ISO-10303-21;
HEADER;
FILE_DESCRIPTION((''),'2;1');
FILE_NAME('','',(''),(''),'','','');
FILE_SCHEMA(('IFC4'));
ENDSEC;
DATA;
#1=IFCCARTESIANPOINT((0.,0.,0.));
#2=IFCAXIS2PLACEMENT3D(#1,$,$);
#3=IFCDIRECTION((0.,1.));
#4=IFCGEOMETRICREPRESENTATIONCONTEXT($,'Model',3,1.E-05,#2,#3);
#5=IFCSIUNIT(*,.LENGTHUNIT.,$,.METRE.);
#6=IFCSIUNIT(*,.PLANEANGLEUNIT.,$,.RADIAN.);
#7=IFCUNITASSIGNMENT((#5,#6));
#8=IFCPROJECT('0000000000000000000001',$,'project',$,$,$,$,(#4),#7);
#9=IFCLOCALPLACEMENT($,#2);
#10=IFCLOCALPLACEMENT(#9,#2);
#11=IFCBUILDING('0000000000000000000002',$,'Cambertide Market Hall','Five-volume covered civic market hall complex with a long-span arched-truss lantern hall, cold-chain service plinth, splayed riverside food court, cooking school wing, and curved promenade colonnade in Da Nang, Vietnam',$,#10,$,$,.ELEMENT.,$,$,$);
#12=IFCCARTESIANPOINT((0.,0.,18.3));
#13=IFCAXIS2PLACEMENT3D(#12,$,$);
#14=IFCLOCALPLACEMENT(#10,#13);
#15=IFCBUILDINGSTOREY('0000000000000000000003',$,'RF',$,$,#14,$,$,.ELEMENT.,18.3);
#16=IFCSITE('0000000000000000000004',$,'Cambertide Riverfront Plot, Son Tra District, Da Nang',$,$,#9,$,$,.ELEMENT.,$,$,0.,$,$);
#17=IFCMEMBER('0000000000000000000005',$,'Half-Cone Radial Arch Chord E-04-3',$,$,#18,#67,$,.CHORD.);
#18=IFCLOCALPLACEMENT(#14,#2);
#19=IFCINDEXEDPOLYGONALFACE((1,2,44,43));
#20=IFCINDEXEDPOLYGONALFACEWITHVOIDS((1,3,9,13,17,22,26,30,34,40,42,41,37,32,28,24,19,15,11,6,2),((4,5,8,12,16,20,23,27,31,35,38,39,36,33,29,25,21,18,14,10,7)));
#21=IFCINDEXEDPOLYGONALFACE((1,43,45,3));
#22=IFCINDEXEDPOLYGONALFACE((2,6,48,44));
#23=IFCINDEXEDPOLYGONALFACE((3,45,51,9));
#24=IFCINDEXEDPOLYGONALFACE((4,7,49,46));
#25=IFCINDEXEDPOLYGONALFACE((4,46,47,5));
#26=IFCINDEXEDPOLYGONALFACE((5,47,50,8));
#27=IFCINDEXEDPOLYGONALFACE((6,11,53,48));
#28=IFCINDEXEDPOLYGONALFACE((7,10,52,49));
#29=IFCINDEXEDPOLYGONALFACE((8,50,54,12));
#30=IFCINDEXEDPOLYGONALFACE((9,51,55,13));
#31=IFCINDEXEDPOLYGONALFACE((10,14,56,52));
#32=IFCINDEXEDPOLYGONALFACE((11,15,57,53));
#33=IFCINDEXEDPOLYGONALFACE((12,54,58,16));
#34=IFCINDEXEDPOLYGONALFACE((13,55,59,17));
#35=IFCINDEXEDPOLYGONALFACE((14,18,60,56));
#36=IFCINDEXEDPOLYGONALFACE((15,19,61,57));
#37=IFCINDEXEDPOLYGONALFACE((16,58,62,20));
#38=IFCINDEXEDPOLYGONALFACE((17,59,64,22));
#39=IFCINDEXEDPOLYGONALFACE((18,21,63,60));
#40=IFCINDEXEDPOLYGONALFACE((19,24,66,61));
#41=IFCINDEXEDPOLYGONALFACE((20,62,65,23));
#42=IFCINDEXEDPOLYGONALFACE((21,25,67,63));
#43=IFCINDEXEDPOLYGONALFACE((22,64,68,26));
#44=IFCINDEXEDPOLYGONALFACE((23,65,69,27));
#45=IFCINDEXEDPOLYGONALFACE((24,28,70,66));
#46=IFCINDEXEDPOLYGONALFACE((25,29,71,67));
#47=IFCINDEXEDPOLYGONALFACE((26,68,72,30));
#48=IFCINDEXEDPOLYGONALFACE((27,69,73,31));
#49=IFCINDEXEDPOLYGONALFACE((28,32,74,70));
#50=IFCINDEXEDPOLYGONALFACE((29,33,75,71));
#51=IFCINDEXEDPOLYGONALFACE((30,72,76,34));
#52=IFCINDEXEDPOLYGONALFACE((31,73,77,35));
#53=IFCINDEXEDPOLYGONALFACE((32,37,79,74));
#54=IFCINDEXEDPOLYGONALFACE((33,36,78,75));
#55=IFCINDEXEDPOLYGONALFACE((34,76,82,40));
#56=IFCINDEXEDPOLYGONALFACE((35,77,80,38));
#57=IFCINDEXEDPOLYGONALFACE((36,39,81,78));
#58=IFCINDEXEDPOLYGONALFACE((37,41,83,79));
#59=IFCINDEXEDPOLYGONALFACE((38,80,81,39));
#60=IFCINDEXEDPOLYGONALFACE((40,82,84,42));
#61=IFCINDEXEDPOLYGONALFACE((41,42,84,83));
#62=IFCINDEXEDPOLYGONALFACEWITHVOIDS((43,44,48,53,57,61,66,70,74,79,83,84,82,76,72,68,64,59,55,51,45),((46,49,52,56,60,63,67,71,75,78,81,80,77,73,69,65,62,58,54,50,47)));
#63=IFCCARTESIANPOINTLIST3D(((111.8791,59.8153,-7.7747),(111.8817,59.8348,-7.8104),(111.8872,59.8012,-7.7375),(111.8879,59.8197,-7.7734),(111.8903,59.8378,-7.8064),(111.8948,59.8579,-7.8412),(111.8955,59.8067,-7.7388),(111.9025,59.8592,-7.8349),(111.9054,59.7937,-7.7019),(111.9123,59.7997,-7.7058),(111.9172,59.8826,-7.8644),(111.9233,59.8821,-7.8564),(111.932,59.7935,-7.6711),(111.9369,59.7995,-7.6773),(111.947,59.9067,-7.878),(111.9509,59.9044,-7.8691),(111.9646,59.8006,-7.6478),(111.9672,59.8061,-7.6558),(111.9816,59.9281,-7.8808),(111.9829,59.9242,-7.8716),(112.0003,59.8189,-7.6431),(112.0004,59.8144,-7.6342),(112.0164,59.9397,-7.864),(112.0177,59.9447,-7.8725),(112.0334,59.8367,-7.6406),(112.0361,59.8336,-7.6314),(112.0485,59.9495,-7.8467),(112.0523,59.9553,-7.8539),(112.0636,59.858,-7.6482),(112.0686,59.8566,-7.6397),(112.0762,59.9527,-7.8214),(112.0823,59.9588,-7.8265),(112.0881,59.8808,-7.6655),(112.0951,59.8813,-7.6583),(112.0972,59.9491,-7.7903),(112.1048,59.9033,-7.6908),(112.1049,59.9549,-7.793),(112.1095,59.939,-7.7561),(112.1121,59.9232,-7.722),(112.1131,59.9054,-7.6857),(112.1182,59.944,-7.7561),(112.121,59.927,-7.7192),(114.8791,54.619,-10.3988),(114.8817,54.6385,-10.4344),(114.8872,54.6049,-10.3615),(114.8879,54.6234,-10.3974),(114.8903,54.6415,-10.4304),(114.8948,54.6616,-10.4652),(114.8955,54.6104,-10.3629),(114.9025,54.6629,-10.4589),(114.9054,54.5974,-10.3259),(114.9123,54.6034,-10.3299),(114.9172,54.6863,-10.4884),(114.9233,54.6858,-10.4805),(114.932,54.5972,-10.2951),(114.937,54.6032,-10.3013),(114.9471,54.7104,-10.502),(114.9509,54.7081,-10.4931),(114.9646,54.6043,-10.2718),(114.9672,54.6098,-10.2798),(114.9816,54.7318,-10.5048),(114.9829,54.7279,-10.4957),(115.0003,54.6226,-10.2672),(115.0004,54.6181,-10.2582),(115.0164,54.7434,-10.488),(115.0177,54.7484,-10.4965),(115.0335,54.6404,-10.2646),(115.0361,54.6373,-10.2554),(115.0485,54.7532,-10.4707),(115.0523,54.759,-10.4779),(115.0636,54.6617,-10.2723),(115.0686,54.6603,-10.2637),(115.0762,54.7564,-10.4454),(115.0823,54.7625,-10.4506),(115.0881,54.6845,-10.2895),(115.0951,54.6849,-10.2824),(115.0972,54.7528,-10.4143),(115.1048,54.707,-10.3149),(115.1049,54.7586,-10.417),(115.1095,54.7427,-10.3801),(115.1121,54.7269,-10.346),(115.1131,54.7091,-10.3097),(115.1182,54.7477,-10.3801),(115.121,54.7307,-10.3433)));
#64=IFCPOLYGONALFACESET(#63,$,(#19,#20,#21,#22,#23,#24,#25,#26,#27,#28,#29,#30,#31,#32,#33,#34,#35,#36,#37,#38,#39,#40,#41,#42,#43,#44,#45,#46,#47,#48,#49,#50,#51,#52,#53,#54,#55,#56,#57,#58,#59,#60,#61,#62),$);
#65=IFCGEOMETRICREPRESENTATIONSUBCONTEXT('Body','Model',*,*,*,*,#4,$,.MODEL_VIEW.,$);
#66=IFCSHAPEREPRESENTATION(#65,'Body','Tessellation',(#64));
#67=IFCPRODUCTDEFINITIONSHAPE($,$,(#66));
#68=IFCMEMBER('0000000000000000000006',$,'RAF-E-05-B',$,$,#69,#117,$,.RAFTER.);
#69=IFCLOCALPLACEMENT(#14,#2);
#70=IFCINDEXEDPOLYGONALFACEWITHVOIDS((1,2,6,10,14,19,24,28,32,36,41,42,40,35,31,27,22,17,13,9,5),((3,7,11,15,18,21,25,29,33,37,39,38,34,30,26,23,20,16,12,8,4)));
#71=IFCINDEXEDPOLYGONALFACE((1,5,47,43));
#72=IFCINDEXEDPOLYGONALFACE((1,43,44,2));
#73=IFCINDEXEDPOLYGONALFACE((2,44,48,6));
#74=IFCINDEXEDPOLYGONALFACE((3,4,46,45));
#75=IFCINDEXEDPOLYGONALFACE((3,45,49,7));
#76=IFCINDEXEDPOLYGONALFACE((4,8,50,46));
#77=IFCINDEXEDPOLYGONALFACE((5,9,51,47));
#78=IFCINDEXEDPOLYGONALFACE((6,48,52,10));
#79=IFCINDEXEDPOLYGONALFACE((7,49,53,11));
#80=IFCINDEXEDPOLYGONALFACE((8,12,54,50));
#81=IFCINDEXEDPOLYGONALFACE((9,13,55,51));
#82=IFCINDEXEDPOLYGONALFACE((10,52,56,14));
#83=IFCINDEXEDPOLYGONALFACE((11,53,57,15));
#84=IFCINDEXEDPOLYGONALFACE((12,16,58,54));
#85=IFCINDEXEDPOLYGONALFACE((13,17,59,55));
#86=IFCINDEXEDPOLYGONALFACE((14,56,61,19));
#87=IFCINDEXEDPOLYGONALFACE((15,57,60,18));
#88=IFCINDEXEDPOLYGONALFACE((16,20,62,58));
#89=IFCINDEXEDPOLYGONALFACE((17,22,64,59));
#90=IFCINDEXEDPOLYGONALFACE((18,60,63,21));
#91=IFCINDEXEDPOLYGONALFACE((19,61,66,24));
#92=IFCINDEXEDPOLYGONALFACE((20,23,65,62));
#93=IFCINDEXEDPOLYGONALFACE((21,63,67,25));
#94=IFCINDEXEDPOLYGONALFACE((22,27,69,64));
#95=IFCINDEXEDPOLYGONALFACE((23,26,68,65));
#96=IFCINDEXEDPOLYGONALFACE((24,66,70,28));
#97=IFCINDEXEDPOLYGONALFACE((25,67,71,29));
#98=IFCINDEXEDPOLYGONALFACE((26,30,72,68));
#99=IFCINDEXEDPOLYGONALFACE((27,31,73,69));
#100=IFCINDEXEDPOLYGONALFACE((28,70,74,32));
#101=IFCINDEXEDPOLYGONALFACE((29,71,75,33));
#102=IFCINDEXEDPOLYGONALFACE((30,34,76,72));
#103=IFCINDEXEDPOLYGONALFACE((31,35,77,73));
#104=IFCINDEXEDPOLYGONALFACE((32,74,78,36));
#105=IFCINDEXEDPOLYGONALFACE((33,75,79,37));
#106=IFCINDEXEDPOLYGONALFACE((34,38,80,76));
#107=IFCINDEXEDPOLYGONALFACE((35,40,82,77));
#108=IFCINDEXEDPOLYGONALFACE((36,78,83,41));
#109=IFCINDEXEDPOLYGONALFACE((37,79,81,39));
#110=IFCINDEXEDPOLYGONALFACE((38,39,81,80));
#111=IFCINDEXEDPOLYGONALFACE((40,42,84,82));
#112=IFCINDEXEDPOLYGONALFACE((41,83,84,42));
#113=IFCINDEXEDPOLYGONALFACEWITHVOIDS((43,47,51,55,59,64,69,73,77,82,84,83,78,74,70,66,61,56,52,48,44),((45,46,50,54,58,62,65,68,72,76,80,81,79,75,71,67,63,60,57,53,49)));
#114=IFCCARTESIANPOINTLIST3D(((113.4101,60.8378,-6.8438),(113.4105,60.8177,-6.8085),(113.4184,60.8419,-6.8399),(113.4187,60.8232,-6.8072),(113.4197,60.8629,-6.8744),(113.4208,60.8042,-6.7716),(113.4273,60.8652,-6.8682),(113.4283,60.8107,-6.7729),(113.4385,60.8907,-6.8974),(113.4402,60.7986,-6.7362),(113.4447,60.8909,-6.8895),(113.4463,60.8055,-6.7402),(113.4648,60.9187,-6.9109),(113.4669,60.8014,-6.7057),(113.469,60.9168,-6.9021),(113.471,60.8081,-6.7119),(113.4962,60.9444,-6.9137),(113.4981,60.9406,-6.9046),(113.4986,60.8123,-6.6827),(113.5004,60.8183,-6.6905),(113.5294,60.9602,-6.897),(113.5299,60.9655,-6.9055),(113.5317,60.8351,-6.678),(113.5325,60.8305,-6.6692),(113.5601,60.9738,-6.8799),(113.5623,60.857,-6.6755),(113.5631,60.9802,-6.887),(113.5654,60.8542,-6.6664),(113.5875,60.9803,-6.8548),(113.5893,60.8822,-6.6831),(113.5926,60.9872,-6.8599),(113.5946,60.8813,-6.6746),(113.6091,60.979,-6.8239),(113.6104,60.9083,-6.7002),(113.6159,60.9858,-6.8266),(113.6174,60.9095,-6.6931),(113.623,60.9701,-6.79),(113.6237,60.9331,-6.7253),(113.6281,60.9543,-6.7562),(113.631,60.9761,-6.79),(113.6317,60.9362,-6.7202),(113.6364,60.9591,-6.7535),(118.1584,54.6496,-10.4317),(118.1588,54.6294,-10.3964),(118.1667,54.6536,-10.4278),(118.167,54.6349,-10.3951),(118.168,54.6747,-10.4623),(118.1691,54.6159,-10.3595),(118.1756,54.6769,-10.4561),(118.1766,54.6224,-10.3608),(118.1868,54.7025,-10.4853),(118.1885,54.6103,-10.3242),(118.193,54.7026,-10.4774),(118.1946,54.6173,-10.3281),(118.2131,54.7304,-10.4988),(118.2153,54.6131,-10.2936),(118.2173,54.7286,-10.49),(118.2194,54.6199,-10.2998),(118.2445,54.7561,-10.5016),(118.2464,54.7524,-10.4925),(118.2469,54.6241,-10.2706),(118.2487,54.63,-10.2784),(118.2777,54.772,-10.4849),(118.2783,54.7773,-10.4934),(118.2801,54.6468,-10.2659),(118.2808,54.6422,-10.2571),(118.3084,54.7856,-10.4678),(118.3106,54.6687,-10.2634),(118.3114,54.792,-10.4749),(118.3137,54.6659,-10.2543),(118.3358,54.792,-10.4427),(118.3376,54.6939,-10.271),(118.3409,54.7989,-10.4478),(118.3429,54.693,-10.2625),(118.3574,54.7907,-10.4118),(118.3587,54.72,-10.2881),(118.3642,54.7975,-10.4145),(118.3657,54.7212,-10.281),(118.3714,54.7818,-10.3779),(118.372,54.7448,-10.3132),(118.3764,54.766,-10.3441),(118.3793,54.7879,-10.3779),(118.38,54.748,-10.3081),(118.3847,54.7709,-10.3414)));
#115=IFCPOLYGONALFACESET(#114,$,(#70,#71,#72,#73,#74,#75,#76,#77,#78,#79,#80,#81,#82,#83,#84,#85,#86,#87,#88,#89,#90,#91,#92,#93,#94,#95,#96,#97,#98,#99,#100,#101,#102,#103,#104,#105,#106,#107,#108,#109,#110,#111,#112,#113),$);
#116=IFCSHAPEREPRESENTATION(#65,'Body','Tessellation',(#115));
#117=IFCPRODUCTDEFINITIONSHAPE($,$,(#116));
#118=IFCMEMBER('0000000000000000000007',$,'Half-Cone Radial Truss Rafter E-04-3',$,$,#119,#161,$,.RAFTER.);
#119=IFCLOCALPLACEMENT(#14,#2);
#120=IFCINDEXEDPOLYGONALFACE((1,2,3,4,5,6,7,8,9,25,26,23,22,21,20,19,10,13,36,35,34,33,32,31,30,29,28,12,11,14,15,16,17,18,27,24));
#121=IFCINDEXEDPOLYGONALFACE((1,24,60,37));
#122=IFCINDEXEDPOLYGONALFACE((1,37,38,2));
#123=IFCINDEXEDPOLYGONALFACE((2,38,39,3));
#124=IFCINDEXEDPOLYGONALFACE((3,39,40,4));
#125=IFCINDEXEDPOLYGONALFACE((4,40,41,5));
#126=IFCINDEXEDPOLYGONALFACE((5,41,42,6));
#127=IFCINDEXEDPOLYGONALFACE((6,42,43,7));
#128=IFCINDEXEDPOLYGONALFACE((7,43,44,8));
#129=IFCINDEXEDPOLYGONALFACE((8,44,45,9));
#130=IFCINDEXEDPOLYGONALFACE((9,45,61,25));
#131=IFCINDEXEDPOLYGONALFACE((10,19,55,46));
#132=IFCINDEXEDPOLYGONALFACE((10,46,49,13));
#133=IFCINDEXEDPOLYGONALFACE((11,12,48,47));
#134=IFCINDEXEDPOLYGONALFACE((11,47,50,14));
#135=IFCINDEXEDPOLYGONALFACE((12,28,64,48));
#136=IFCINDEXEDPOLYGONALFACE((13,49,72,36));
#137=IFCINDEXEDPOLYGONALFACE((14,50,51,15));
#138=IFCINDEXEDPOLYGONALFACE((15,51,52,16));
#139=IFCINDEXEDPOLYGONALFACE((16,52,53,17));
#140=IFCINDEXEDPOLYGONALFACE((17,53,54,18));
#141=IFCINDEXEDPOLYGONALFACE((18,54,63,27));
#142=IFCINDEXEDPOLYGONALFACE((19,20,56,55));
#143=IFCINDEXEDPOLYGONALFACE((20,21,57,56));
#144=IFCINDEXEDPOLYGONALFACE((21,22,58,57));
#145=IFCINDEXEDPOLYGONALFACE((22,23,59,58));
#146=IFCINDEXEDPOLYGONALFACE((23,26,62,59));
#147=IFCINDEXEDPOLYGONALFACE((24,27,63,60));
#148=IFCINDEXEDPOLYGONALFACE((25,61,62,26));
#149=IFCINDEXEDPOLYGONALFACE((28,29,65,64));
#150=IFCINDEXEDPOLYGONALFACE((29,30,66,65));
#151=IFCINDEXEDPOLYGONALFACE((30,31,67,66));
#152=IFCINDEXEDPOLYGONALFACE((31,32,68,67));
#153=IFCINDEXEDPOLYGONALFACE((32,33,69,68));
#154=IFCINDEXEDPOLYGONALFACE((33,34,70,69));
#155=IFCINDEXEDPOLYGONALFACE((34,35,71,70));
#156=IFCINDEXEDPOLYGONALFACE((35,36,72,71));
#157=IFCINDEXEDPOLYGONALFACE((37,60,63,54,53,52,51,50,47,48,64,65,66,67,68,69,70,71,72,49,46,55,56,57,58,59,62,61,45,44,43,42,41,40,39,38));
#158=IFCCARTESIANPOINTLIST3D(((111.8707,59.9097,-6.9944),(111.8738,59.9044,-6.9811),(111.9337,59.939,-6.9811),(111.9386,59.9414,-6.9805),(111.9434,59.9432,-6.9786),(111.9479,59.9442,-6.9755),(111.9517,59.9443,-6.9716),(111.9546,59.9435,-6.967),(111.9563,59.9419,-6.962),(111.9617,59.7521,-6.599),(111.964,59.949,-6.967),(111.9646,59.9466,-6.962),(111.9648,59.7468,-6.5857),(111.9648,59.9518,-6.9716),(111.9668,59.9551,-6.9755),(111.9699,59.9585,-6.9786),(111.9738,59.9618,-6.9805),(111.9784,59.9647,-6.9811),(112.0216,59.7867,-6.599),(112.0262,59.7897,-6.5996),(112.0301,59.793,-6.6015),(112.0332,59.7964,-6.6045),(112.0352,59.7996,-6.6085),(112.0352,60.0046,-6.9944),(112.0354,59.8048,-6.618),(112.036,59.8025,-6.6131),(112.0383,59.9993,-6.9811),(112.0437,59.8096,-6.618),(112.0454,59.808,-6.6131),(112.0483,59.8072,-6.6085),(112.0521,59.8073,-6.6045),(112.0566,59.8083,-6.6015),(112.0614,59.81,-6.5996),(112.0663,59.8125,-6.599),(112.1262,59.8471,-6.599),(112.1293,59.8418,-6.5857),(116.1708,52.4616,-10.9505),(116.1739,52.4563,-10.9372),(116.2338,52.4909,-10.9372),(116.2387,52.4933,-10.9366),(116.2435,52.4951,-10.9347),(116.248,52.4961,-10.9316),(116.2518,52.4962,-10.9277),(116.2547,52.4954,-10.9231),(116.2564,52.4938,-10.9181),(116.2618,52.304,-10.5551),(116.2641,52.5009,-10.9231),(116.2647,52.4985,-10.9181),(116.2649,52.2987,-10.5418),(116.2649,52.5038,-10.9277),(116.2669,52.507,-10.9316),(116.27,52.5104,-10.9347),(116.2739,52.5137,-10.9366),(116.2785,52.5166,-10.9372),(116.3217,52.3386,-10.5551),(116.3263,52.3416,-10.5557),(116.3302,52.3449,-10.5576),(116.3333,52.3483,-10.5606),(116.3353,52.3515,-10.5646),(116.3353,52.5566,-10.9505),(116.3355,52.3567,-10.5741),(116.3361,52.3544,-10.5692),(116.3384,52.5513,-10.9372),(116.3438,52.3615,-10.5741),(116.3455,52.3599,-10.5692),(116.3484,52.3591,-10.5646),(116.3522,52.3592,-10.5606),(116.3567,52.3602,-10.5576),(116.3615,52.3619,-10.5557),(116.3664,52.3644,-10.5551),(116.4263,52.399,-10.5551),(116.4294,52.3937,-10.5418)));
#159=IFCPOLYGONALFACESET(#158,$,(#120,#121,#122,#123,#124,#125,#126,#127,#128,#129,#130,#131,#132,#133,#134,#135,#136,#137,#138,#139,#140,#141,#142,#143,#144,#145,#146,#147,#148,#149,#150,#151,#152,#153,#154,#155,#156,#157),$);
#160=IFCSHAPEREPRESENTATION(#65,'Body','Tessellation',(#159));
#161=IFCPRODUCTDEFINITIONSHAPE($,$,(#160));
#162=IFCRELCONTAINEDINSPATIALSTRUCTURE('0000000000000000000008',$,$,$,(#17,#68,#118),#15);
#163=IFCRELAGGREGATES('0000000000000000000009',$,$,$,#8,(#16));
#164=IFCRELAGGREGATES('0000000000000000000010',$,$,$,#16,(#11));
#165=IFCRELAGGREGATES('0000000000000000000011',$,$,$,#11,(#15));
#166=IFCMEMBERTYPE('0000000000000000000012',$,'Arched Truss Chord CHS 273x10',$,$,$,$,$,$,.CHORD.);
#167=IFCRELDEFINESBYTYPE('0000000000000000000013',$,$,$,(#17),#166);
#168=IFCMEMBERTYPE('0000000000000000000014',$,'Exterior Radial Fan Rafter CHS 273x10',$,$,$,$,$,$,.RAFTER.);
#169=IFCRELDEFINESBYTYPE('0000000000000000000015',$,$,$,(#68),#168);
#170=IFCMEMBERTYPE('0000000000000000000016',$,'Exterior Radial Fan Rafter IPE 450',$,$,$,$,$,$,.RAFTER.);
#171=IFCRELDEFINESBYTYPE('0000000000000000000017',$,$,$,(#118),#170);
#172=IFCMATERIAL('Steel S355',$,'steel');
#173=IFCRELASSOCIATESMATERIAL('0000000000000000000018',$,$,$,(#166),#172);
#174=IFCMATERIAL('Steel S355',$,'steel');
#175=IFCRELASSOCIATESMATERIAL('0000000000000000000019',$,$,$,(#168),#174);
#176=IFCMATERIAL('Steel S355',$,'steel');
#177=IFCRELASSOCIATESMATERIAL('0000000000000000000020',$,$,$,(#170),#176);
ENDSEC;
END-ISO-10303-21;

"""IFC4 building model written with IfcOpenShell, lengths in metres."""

from ifc_helpers import new_model, si_unit, direction, frame, origin, origin_2d, place, context, subcontext, project, spatial, hollow_circle, i_section, extrude, material, material_profile, profile_set, type_object, element, save


model = new_model("IFC4")

# Units and contexts
model_context = context("Model", 3, precision=1e-05, world=origin(), true_north=direction((0.0, 1.0)))
body_context = subcontext(model_context, "Body", "Model", "MODEL_VIEW")
ifc_project = project(units=[si_unit("LENGTHUNIT", "METRE"), si_unit("PLANEANGLEUNIT", "RADIAN")], contexts=[model_context])

# Site, building, storey
site_placement = place(None, origin())
site = spatial("IfcSite", under=ifc_project, at=site_placement, Name="Cambertide Riverfront Plot, Son Tra District, Da Nang", CompositionType="ELEMENT", RefElevation=0.0)
building_placement = place(site_placement, origin())
building = spatial("IfcBuilding", under=site, at=building_placement, Name="Cambertide Market Hall", Description="Five-volume covered civic market hall complex with a long-span arched-truss lantern hall, cold-chain service plinth, splayed riverside food court, cooking school wing, and curved promenade colonnade in Da Nang, Vietnam", CompositionType="ELEMENT")
storey_placement = place(building_placement, frame((0.0, 0.0, 18.3)))
storey = spatial("IfcBuildingStorey", under=building, at=storey_placement, Name="RF", CompositionType="ELEMENT", Elevation=18.3)

# Members
ifc_material_1 = material(Name="Steel S355", Category="steel")
ifc_material_profile_1 = material_profile(ifc_material_1, hollow_circle(Radius=0.1365, WallThickness=0.01, at=origin_2d()), Name="CHS 273x10")
ifc_profile_set_1 = profile_set([ifc_material_profile_1], Name="Steel S355")
member_type_1 = type_object("IfcMemberType", Name="Arched Truss Chord CHS 273x10", PredefinedType="CHORD", material=ifc_profile_set_1)
member_1_placement = place(storey_placement, frame((112.0, 59.8757, -7.7561), z_axis=(0.458098, -0.793471, -0.400687), x_axis=(0.866031, 0.49999, 0.0)))
element("IfcMember", 1, at=member_1_placement, inside=storey, type_object=member_type_1, Name="Half-Cone Radial Arch Chord E-04-3", PredefinedType="CHORD", context=body_context, shape_type="SweptSolid", body=[
    extrude(hollow_circle(Radius=0.1365, WallThickness=0.01, at=origin_2d()), origin(), (0.0, 0.0, 1.0), 6.5488),
])
ifc_material_2 = material(Name="Steel S355", Category="steel")
ifc_material_profile_2 = material_profile(ifc_material_2, hollow_circle(Radius=0.1365, WallThickness=0.01, at=origin_2d()), Name="CHS 273x10")
ifc_profile_set_2 = profile_set([ifc_material_profile_2], Name="Steel S355")
member_type_2 = type_object("IfcMemberType", Name="Exterior Radial Fan Rafter CHS 273x10", PredefinedType="RAFTER", material=ifc_profile_set_2)
member_2_placement = place(storey_placement, frame((113.5227, 60.8931, -6.79), z_axis=(0.553049, -0.720764, -0.417894), x_axis=(0.79336, 0.608753, 0.0)))
element("IfcMember", 2, at=member_2_placement, inside=storey, type_object=member_type_2, Name="RAF-E-05-B", PredefinedType="RAFTER", context=body_context, shape_type="SweptSolid", body=[
    extrude(hollow_circle(Radius=0.1365, WallThickness=0.01, at=origin_2d()), origin(), (0.0, 0.0, 1.0), 8.5857),
])
ifc_material_3 = material(Name="Steel S355", Category="steel")
ifc_material_profile_3 = material_profile(ifc_material_3, i_section(OverallWidth=0.1899, OverallDepth=0.45, WebThickness=0.0095, FlangeThickness=0.0146, FilletRadius=0.021, at=origin_2d()), Name="IPE 450")
ifc_profile_set_3 = profile_set([ifc_material_profile_3], Name="Steel S355")
member_type_3 = type_object("IfcMemberType", Name="Exterior Radial Fan Rafter IPE 450", PredefinedType="RAFTER", material=ifc_profile_set_3)
member_3_placement = place(storey_placement, frame((112.0, 59.8757, -6.79), z_axis=(0.454241, -0.786779, -0.417903), x_axis=(0.866028, 0.499995, 0.0)))
element("IfcMember", 3, at=member_3_placement, inside=storey, type_object=member_type_3, Name="Half-Cone Radial Truss Rafter E-04-3", PredefinedType="RAFTER", context=body_context, shape_type="SweptSolid", body=[
    extrude(i_section(OverallWidth=0.1899, OverallDepth=0.45, WebThickness=0.0095, FlangeThickness=0.0146, FilletRadius=0.021, at=origin_2d()), origin(), (0.0, 0.0, 1.0), 9.4666),
])

save(model, "model.ifc")
